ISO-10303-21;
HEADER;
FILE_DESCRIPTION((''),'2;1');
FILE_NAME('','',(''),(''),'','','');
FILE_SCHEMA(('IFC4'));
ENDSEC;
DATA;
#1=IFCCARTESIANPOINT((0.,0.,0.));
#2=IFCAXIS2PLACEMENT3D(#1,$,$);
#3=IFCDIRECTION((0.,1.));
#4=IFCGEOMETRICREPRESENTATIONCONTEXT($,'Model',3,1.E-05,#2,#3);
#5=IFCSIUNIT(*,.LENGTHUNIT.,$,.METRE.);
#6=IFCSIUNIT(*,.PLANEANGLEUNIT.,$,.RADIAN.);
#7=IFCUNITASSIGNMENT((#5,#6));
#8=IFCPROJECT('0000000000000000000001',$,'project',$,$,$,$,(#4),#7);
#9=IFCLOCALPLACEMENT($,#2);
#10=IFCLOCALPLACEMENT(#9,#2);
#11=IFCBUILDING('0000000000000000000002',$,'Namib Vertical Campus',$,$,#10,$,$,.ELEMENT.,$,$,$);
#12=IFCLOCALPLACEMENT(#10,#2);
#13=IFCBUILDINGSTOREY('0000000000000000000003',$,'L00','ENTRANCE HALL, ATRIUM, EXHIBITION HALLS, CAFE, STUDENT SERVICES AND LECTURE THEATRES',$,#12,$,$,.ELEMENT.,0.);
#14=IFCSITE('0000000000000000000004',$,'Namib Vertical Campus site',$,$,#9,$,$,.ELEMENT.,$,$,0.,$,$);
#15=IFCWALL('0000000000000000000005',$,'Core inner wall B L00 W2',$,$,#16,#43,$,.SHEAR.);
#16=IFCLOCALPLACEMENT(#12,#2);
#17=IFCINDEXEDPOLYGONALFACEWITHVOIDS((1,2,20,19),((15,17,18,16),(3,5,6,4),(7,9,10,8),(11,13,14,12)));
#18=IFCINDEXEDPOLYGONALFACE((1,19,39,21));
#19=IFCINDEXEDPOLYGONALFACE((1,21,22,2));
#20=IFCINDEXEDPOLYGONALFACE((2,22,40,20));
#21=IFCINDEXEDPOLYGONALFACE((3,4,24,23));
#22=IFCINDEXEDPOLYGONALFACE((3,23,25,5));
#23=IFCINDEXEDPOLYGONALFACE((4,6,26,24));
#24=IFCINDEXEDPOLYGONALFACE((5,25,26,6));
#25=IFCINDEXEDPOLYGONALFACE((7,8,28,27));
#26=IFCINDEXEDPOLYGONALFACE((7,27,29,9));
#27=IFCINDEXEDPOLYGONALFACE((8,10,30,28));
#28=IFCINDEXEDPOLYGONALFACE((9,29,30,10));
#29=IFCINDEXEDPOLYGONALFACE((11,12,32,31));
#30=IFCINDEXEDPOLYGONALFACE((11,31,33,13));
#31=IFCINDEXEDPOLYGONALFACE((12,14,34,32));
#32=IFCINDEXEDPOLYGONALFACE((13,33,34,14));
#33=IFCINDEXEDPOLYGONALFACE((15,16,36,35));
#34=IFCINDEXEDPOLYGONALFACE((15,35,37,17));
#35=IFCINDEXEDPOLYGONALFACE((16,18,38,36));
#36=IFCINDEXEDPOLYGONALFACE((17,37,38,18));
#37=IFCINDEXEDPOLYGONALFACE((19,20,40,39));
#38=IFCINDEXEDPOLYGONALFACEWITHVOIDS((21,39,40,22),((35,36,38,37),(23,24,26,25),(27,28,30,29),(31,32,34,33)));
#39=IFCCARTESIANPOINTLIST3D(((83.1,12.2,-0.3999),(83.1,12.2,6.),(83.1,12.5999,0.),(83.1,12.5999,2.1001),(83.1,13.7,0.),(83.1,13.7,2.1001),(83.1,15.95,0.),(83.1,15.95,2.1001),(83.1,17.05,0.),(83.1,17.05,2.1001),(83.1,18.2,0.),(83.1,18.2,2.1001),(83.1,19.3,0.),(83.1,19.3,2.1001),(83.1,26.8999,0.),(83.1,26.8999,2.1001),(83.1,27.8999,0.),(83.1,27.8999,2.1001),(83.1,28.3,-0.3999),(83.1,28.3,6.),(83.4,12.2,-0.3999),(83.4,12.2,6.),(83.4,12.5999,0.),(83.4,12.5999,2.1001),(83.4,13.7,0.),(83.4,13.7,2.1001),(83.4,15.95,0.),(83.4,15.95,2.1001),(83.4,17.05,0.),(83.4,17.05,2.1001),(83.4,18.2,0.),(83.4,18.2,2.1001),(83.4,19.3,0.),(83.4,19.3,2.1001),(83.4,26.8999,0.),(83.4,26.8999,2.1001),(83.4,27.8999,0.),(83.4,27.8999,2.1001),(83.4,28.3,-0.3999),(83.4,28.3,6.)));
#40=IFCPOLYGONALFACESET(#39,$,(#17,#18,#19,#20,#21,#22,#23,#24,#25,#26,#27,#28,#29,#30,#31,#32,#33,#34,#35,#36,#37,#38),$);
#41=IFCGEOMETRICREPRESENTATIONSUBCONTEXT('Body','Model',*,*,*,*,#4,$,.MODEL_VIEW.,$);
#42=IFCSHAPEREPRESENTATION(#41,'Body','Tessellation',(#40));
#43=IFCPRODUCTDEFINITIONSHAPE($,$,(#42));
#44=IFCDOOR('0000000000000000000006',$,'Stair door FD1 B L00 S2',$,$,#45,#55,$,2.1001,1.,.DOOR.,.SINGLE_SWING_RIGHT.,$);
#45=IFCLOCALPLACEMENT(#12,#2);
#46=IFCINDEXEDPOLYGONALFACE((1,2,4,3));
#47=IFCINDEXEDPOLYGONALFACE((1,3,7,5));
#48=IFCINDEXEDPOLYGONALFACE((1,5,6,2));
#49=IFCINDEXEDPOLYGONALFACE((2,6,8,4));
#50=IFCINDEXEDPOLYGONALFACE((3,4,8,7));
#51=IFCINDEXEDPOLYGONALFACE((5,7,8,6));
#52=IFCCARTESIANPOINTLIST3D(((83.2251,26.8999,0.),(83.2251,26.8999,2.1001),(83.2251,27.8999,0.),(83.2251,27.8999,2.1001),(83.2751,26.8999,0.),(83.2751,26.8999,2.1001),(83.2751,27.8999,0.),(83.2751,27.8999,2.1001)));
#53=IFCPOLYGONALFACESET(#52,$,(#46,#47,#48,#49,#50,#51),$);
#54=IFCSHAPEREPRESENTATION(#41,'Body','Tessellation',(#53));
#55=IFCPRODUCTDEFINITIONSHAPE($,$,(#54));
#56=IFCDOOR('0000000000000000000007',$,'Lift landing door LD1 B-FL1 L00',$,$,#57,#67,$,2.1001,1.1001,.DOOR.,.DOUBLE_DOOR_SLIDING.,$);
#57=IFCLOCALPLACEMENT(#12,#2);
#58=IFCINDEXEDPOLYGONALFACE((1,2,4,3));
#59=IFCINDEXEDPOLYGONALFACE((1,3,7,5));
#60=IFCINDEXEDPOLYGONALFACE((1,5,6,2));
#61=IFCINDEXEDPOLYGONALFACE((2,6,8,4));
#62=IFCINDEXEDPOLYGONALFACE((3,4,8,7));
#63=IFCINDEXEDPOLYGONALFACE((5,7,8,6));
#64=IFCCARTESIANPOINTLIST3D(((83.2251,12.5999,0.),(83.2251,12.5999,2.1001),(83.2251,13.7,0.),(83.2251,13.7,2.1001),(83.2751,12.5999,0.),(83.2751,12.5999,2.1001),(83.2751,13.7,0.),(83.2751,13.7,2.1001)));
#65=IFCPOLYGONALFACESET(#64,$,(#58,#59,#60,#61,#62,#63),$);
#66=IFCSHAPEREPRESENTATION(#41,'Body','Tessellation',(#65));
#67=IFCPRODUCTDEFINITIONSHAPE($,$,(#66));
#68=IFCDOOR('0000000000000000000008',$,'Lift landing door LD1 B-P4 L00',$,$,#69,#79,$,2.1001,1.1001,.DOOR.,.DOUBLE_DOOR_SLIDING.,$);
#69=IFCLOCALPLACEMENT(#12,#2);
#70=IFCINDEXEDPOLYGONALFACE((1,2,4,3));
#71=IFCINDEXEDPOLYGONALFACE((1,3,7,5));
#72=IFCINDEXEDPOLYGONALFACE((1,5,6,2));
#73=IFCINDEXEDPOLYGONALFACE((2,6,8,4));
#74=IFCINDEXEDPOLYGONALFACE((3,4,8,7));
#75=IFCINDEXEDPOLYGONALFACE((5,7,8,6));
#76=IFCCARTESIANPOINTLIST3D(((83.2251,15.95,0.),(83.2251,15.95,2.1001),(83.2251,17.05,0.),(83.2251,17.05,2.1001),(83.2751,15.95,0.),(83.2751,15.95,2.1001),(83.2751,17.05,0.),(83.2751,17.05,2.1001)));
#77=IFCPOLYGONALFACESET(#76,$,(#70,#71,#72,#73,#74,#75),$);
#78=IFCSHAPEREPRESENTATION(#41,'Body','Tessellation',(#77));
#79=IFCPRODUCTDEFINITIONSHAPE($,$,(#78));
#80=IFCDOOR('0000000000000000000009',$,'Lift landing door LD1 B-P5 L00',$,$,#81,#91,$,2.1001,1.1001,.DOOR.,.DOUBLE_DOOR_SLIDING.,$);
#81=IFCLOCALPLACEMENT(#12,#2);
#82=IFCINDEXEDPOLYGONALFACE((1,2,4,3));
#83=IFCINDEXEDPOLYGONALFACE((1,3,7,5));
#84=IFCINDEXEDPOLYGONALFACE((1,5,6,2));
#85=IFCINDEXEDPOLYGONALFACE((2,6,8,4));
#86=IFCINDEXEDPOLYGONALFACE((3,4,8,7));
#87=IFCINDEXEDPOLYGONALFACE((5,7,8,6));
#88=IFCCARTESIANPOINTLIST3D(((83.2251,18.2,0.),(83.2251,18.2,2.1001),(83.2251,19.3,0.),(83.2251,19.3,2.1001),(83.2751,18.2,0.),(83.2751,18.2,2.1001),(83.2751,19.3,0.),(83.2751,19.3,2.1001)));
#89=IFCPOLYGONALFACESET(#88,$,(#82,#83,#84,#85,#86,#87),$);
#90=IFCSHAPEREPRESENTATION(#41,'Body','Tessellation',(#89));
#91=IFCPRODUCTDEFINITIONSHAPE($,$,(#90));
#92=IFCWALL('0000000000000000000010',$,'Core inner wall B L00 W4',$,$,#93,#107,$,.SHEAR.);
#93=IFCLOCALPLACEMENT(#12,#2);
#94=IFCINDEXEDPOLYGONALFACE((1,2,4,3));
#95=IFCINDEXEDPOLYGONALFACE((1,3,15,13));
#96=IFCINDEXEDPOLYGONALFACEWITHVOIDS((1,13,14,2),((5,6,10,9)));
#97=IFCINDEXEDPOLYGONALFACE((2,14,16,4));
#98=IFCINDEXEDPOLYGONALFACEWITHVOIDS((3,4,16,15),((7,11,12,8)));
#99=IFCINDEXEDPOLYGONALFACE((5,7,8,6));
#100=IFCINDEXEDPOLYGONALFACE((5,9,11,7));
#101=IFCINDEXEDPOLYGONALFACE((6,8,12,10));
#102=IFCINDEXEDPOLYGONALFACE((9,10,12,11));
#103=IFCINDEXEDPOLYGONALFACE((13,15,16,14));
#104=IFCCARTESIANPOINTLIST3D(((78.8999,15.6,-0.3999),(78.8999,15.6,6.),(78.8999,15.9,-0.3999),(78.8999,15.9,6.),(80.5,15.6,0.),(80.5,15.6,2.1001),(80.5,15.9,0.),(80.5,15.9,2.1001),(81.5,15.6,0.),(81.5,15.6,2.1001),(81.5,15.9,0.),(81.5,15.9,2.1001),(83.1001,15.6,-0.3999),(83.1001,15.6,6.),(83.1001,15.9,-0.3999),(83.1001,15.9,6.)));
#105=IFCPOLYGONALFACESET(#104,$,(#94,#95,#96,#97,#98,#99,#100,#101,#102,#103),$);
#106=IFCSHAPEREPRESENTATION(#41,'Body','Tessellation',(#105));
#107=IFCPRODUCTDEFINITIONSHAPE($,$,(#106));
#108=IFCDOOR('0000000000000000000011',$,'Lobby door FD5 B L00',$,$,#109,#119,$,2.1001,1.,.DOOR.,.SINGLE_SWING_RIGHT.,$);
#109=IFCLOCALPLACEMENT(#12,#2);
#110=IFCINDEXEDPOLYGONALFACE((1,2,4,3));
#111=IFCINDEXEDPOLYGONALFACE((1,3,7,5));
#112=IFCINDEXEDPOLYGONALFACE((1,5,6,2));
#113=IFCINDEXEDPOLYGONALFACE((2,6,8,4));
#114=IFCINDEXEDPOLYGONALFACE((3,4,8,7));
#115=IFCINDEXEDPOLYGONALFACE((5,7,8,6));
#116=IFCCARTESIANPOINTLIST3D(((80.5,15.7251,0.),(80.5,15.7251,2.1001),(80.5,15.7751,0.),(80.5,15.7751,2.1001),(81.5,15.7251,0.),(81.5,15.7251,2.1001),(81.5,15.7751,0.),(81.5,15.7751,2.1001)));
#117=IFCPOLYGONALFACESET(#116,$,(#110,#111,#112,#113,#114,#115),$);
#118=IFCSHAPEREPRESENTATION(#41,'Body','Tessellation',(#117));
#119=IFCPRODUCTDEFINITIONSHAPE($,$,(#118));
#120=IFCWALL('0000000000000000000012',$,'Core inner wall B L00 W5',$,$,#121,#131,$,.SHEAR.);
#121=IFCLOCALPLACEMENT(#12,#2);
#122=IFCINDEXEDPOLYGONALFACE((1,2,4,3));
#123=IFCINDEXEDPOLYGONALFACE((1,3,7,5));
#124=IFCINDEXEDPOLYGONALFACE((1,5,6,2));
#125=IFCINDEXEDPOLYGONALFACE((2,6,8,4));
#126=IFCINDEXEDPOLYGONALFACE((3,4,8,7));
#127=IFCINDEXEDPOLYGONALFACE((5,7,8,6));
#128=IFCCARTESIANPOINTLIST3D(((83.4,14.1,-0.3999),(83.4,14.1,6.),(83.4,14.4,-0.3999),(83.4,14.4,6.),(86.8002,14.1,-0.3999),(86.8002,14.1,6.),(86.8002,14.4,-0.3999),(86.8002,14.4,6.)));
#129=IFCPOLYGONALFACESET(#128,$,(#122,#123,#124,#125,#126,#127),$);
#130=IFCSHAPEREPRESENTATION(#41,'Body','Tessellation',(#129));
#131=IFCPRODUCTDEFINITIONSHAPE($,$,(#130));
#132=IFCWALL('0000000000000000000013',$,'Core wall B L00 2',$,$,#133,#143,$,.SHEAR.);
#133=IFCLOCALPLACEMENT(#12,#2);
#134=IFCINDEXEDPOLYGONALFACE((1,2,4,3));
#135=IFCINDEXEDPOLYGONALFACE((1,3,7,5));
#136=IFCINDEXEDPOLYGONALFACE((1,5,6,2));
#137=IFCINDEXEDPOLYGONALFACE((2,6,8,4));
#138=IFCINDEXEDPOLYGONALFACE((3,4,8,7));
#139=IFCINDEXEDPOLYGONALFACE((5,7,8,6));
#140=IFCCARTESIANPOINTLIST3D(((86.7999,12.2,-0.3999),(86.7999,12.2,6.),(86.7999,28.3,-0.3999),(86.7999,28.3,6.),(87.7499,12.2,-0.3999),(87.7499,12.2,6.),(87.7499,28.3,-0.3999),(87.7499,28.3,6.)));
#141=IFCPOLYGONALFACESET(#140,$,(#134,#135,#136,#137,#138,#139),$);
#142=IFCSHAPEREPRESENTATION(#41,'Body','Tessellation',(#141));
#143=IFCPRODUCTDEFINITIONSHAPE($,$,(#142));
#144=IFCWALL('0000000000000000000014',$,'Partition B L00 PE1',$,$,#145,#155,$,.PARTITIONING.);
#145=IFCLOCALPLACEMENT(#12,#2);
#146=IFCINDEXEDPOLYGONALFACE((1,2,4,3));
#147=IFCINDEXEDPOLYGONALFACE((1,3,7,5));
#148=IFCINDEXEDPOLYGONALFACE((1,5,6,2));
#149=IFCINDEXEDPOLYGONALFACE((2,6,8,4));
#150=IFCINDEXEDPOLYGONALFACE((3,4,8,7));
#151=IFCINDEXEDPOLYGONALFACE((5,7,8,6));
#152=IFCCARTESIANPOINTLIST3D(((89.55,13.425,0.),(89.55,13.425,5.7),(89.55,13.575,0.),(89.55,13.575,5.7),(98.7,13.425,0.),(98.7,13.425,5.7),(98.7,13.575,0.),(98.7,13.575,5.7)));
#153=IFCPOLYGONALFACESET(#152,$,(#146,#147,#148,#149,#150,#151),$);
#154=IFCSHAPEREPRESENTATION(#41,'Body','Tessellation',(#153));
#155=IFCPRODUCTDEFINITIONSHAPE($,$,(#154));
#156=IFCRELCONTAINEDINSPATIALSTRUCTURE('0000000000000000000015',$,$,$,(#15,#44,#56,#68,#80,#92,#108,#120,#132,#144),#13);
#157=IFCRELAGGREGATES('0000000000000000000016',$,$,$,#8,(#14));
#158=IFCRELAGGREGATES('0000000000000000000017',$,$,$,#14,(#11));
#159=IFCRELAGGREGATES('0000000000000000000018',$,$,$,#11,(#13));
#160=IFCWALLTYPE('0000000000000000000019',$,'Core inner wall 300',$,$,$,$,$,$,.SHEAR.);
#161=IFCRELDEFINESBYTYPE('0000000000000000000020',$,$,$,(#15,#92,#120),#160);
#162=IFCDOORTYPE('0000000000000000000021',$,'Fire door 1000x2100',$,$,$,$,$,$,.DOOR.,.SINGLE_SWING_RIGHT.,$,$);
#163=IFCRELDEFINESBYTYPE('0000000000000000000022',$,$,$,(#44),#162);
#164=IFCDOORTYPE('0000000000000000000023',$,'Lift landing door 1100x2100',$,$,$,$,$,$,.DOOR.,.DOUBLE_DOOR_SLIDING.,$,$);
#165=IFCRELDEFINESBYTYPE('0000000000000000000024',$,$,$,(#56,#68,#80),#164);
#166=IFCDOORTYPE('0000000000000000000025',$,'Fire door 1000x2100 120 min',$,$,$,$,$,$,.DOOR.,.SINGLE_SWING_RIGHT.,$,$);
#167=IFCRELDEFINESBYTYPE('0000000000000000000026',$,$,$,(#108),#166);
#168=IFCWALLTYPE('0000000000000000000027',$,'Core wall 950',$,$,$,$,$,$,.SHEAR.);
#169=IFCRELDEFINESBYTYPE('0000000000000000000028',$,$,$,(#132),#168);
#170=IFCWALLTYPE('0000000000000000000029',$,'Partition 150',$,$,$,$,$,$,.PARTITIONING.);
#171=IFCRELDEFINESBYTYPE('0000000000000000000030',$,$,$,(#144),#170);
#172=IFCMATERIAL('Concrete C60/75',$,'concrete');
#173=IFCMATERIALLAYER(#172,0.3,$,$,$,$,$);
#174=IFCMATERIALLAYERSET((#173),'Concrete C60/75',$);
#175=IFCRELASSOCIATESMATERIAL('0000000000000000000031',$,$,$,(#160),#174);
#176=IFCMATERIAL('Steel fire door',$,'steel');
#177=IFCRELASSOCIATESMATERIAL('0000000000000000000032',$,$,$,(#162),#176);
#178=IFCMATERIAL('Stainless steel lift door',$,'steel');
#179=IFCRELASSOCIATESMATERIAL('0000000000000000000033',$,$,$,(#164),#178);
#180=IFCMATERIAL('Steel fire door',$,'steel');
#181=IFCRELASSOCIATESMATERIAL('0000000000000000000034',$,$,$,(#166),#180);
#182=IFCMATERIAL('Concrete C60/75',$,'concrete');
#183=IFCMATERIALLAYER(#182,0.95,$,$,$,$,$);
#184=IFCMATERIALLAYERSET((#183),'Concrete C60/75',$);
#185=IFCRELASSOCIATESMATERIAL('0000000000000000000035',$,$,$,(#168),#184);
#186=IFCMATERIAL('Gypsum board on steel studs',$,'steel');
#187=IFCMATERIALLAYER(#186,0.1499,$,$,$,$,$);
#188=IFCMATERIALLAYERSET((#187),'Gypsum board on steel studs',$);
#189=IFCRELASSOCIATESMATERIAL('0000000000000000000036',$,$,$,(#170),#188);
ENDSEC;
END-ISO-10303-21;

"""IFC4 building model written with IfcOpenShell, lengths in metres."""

from ifc_helpers import new_model, si_unit, direction, frame, frame_2d, origin, place, context, subcontext, project, spatial, rectangle, extrude, material, layer, layer_set, type_object, element, fill, save


model = new_model("IFC4")

# Units and contexts
model_context = context("Model", 3, precision=1e-05, world=origin(), true_north=direction((0.0, 1.0)))
body_context = subcontext(model_context, "Body", "Model", "MODEL_VIEW")
ifc_project = project(units=[si_unit("LENGTHUNIT", "METRE"), si_unit("PLANEANGLEUNIT", "RADIAN")], contexts=[model_context])

# Site, building, storey
site_placement = place(None, origin())
site = spatial("IfcSite", under=ifc_project, at=site_placement, Name="Namib Vertical Campus site", CompositionType="ELEMENT", RefElevation=0.0)
building_placement = place(site_placement, origin())
building = spatial("IfcBuilding", under=site, at=building_placement, Name="Namib Vertical Campus", CompositionType="ELEMENT")
storey_placement = place(building_placement, origin())
storey = spatial("IfcBuildingStorey", under=building, at=storey_placement, Name="L00", Description="ENTRANCE HALL, ATRIUM, EXHIBITION HALLS, CAFE, STUDENT SERVICES AND LECTURE THEATRES", CompositionType="ELEMENT", Elevation=0.0)

# Wall, openings, doors
ifc_material_1 = material(Name="Concrete C60/75", Category="concrete")
ifc_layer_1 = layer(ifc_material_1, 0.3)
ifc_layer_set_1 = layer_set([ifc_layer_1], Name="Concrete C60/75")
wall_type_1 = type_object("IfcWallType", Name="Core inner wall 300", PredefinedType="SHEAR", material=ifc_layer_set_1)
ifc_material_2 = material(Name="Steel fire door", Category="steel")
door_type_1 = type_object("IfcDoorType", Name="Fire door 1000x2100", OperationType="SINGLE_SWING_RIGHT", PredefinedType="DOOR", material=ifc_material_2)
ifc_material_3 = material(Name="Stainless steel lift door", Category="steel")
door_type_2 = type_object("IfcDoorType", Name="Lift landing door 1100x2100", OperationType="DOUBLE_DOOR_SLIDING", PredefinedType="DOOR", material=ifc_material_3)
wall_1_placement = place(storey_placement, frame((83.25, 12.2, -0.3999), z_axis=(0.0, 0.0, 1.0), x_axis=(0.0, 1.0, 0.0)))
wall_1 = element("IfcWall", 1, at=wall_1_placement, inside=storey, type_object=wall_type_1, Name="Core inner wall B L00 W2", PredefinedType="SHEAR", context=body_context, shape_type="SweptSolid", body=[
    extrude(rectangle(XDim=16.1001, YDim=0.3, at=frame_2d((8.05, 0.0))), origin(), (0.0, 0.0, 1.0), 6.3999),
])
opening_1_placement = place(wall_1_placement, frame((14.7, 0.0, 0.3999)))
opening_1 = element("IfcOpeningElement", 2, at=opening_1_placement, cuts=wall_1, PredefinedType="OPENING", context=body_context, shape_type="SweptSolid", body=[
    extrude(rectangle(XDim=1.0, YDim=2.1001, at=frame_2d((0.5, 1.05))), frame((0.0, 0.1599, 0.0), z_axis=(0.0, -1.0, 0.0), x_axis=(1.0, 0.0, 0.0)), (0.0, 0.0, 1.0), 0.3201),
])
opening_2_placement = place(wall_1_placement, frame((0.3999, 0.0, 0.3999)))
opening_2 = element("IfcOpeningElement", 3, at=opening_2_placement, cuts=wall_1, PredefinedType="OPENING", context=body_context, shape_type="SweptSolid", body=[
    extrude(rectangle(XDim=1.1001, YDim=2.1001, at=frame_2d((0.55, 1.05))), frame((0.0, 0.1599, 0.0), z_axis=(0.0, -1.0, 0.0), x_axis=(1.0, 0.0, 0.0)), (0.0, 0.0, 1.0), 0.3201),
])
opening_3_placement = place(wall_1_placement, frame((3.75, 0.0, 0.3999)))
opening_3 = element("IfcOpeningElement", 4, at=opening_3_placement, cuts=wall_1, PredefinedType="OPENING", context=body_context, shape_type="SweptSolid", body=[
    extrude(rectangle(XDim=1.1001, YDim=2.1001, at=frame_2d((0.55, 1.05))), frame((0.0, 0.1599, 0.0), z_axis=(0.0, -1.0, 0.0), x_axis=(1.0, 0.0, 0.0)), (0.0, 0.0, 1.0), 0.3201),
])
opening_4_placement = place(wall_1_placement, frame((6.0, 0.0, 0.3999)))
opening_4 = element("IfcOpeningElement", 5, at=opening_4_placement, cuts=wall_1, PredefinedType="OPENING", context=body_context, shape_type="SweptSolid", body=[
    extrude(rectangle(XDim=1.1001, YDim=2.1001, at=frame_2d((0.55, 1.05))), frame((0.0, 0.1599, 0.0), z_axis=(0.0, -1.0, 0.0), x_axis=(1.0, 0.0, 0.0)), (0.0, 0.0, 1.0), 0.3201),
])
door_1_placement = place(opening_1_placement, origin())
door_1 = element("IfcDoor", 6, at=door_1_placement, inside=storey, type_object=door_type_1, Name="Stair door FD1 B L00 S2", OperationType="SINGLE_SWING_RIGHT", OverallHeight=2.1001, OverallWidth=1.0, PredefinedType="DOOR", context=body_context, shape_type="SweptSolid", body=[
    extrude(rectangle(XDim=1.0, YDim=2.1001, at=frame_2d((0.5, 1.05))), frame((0.0, 0.0249, 0.0), z_axis=(0.0, -1.0, 0.0), x_axis=(1.0, 0.0, 0.0)), (0.0, 0.0, 1.0), 0.05),
])
fill(opening_1, door_1)
door_2_placement = place(opening_2_placement, origin())
door_2 = element("IfcDoor", 7, at=door_2_placement, inside=storey, type_object=door_type_2, Name="Lift landing door LD1 B-FL1 L00", OperationType="DOUBLE_DOOR_SLIDING", OverallHeight=2.1001, OverallWidth=1.1001, PredefinedType="DOOR", context=body_context, shape_type="SweptSolid", body=[
    extrude(rectangle(XDim=1.1001, YDim=2.1001, at=frame_2d((0.55, 1.05))), frame((0.0, 0.0249, 0.0), z_axis=(0.0, -1.0, 0.0), x_axis=(1.0, 0.0, 0.0)), (0.0, 0.0, 1.0), 0.05),
])
fill(opening_2, door_2)
door_3_placement = place(opening_3_placement, origin())
door_3 = element("IfcDoor", 8, at=door_3_placement, inside=storey, type_object=door_type_2, Name="Lift landing door LD1 B-P4 L00", OperationType="DOUBLE_DOOR_SLIDING", OverallHeight=2.1001, OverallWidth=1.1001, PredefinedType="DOOR", context=body_context, shape_type="SweptSolid", body=[
    extrude(rectangle(XDim=1.1001, YDim=2.1001, at=frame_2d((0.55, 1.05))), frame((0.0, 0.0249, 0.0), z_axis=(0.0, -1.0, 0.0), x_axis=(1.0, 0.0, 0.0)), (0.0, 0.0, 1.0), 0.05),
])
fill(opening_3, door_3)
door_4_placement = place(opening_4_placement, origin())
door_4 = element("IfcDoor", 9, at=door_4_placement, inside=storey, type_object=door_type_2, Name="Lift landing door LD1 B-P5 L00", OperationType="DOUBLE_DOOR_SLIDING", OverallHeight=2.1001, OverallWidth=1.1001, PredefinedType="DOOR", context=body_context, shape_type="SweptSolid", body=[
    extrude(rectangle(XDim=1.1001, YDim=2.1001, at=frame_2d((0.55, 1.05))), frame((0.0, 0.0249, 0.0), z_axis=(0.0, -1.0, 0.0), x_axis=(1.0, 0.0, 0.0)), (0.0, 0.0, 1.0), 0.05),
])
fill(opening_4, door_4)

# Wall, opening, door
wall_2_placement = place(storey_placement, frame((78.8999, 15.75, -0.3999), z_axis=(0.0, 0.0, 1.0), x_axis=(1.0, 0.0, 0.0)))
wall_2 = element("IfcWall", 10, at=wall_2_placement, inside=storey, type_object=wall_type_1, Name="Core inner wall B L00 W4", PredefinedType="SHEAR", context=body_context, shape_type="SweptSolid", body=[
    extrude(rectangle(XDim=4.2002, YDim=0.3, at=frame_2d((2.1001, 0.0))), origin(), (0.0, 0.0, 1.0), 6.3999),
])
opening_5_placement = place(wall_2_placement, frame((1.6001, 0.0, 0.3999)))
opening_5 = element("IfcOpeningElement", 11, at=opening_5_placement, cuts=wall_2, PredefinedType="OPENING", context=body_context, shape_type="SweptSolid", body=[
    extrude(rectangle(XDim=1.0, YDim=2.1001, at=frame_2d((0.5, 1.05))), frame((0.0, 0.1599, 0.0), z_axis=(0.0, -1.0, 0.0), x_axis=(1.0, 0.0, 0.0)), (0.0, 0.0, 1.0), 0.3201),
])
ifc_material_4 = material(Name="Steel fire door", Category="steel")
door_type_3 = type_object("IfcDoorType", Name="Fire door 1000x2100 120 min", OperationType="SINGLE_SWING_RIGHT", PredefinedType="DOOR", material=ifc_material_4)
door_5_placement = place(opening_5_placement, frame((1.0, 0.0, 0.0), z_axis=(0.0, 0.0, 1.0), x_axis=(-1.0, 0.0, 0.0)))
door_5 = element("IfcDoor", 12, at=door_5_placement, inside=storey, type_object=door_type_3, Name="Lobby door FD5 B L00", OperationType="SINGLE_SWING_RIGHT", OverallHeight=2.1001, OverallWidth=1.0, PredefinedType="DOOR", context=body_context, shape_type="SweptSolid", body=[
    extrude(rectangle(XDim=1.0, YDim=2.1001, at=frame_2d((0.5, 1.05))), frame((0.0, 0.0249, 0.0), z_axis=(0.0, -1.0, 0.0), x_axis=(1.0, 0.0, 0.0)), (0.0, 0.0, 1.0), 0.05),
])
fill(opening_5, door_5)

# Walls
wall_3_placement = place(storey_placement, frame((83.3999, 14.25, -0.3999), z_axis=(0.0, 0.0, 1.0), x_axis=(1.0, 0.0, 0.0)))
element("IfcWall", 13, at=wall_3_placement, inside=storey, type_object=wall_type_1, Name="Core inner wall B L00 W5", PredefinedType="SHEAR", context=body_context, shape_type="SweptSolid", body=[
    extrude(rectangle(XDim=3.4001, YDim=0.3, at=frame_2d((1.7002, 0.0))), origin(), (0.0, 0.0, 1.0), 6.3999),
])
ifc_material_5 = material(Name="Concrete C60/75", Category="concrete")
ifc_layer_2 = layer(ifc_material_5, 0.95)
ifc_layer_set_2 = layer_set([ifc_layer_2], Name="Concrete C60/75")
wall_type_2 = type_object("IfcWallType", Name="Core wall 950", PredefinedType="SHEAR", material=ifc_layer_set_2)
wall_4_placement = place(storey_placement, frame((87.2749, 12.2, -0.3999), z_axis=(0.0, 0.0, 1.0), x_axis=(0.0, 1.0, 0.0)))
element("IfcWall", 14, at=wall_4_placement, inside=storey, type_object=wall_type_2, Name="Core wall B L00 2", PredefinedType="SHEAR", context=body_context, shape_type="SweptSolid", body=[
    extrude(rectangle(XDim=16.1001, YDim=0.95, at=frame_2d((8.05, 0.0))), origin(), (0.0, 0.0, 1.0), 6.3999),
])
ifc_material_6 = material(Name="Gypsum board on steel studs", Category="steel")
ifc_layer_3 = layer(ifc_material_6, 0.1499)
ifc_layer_set_3 = layer_set([ifc_layer_3], Name="Gypsum board on steel studs")
wall_type_3 = type_object("IfcWallType", Name="Partition 150", PredefinedType="PARTITIONING", material=ifc_layer_set_3)
wall_5_placement = place(storey_placement, frame((89.55, 13.5, 0.0), z_axis=(0.0, 0.0, 1.0), x_axis=(1.0, 0.0, 0.0)))
element("IfcWall", 15, at=wall_5_placement, inside=storey, type_object=wall_type_3, Name="Partition B L00 PE1", PredefinedType="PARTITIONING", context=body_context, shape_type="SweptSolid", body=[
    extrude(rectangle(XDim=9.1499, YDim=0.1499, at=frame_2d((4.575, 0.0))), origin(), (0.0, 0.0, 1.0), 5.7),
])

save(model, "model.ifc")
